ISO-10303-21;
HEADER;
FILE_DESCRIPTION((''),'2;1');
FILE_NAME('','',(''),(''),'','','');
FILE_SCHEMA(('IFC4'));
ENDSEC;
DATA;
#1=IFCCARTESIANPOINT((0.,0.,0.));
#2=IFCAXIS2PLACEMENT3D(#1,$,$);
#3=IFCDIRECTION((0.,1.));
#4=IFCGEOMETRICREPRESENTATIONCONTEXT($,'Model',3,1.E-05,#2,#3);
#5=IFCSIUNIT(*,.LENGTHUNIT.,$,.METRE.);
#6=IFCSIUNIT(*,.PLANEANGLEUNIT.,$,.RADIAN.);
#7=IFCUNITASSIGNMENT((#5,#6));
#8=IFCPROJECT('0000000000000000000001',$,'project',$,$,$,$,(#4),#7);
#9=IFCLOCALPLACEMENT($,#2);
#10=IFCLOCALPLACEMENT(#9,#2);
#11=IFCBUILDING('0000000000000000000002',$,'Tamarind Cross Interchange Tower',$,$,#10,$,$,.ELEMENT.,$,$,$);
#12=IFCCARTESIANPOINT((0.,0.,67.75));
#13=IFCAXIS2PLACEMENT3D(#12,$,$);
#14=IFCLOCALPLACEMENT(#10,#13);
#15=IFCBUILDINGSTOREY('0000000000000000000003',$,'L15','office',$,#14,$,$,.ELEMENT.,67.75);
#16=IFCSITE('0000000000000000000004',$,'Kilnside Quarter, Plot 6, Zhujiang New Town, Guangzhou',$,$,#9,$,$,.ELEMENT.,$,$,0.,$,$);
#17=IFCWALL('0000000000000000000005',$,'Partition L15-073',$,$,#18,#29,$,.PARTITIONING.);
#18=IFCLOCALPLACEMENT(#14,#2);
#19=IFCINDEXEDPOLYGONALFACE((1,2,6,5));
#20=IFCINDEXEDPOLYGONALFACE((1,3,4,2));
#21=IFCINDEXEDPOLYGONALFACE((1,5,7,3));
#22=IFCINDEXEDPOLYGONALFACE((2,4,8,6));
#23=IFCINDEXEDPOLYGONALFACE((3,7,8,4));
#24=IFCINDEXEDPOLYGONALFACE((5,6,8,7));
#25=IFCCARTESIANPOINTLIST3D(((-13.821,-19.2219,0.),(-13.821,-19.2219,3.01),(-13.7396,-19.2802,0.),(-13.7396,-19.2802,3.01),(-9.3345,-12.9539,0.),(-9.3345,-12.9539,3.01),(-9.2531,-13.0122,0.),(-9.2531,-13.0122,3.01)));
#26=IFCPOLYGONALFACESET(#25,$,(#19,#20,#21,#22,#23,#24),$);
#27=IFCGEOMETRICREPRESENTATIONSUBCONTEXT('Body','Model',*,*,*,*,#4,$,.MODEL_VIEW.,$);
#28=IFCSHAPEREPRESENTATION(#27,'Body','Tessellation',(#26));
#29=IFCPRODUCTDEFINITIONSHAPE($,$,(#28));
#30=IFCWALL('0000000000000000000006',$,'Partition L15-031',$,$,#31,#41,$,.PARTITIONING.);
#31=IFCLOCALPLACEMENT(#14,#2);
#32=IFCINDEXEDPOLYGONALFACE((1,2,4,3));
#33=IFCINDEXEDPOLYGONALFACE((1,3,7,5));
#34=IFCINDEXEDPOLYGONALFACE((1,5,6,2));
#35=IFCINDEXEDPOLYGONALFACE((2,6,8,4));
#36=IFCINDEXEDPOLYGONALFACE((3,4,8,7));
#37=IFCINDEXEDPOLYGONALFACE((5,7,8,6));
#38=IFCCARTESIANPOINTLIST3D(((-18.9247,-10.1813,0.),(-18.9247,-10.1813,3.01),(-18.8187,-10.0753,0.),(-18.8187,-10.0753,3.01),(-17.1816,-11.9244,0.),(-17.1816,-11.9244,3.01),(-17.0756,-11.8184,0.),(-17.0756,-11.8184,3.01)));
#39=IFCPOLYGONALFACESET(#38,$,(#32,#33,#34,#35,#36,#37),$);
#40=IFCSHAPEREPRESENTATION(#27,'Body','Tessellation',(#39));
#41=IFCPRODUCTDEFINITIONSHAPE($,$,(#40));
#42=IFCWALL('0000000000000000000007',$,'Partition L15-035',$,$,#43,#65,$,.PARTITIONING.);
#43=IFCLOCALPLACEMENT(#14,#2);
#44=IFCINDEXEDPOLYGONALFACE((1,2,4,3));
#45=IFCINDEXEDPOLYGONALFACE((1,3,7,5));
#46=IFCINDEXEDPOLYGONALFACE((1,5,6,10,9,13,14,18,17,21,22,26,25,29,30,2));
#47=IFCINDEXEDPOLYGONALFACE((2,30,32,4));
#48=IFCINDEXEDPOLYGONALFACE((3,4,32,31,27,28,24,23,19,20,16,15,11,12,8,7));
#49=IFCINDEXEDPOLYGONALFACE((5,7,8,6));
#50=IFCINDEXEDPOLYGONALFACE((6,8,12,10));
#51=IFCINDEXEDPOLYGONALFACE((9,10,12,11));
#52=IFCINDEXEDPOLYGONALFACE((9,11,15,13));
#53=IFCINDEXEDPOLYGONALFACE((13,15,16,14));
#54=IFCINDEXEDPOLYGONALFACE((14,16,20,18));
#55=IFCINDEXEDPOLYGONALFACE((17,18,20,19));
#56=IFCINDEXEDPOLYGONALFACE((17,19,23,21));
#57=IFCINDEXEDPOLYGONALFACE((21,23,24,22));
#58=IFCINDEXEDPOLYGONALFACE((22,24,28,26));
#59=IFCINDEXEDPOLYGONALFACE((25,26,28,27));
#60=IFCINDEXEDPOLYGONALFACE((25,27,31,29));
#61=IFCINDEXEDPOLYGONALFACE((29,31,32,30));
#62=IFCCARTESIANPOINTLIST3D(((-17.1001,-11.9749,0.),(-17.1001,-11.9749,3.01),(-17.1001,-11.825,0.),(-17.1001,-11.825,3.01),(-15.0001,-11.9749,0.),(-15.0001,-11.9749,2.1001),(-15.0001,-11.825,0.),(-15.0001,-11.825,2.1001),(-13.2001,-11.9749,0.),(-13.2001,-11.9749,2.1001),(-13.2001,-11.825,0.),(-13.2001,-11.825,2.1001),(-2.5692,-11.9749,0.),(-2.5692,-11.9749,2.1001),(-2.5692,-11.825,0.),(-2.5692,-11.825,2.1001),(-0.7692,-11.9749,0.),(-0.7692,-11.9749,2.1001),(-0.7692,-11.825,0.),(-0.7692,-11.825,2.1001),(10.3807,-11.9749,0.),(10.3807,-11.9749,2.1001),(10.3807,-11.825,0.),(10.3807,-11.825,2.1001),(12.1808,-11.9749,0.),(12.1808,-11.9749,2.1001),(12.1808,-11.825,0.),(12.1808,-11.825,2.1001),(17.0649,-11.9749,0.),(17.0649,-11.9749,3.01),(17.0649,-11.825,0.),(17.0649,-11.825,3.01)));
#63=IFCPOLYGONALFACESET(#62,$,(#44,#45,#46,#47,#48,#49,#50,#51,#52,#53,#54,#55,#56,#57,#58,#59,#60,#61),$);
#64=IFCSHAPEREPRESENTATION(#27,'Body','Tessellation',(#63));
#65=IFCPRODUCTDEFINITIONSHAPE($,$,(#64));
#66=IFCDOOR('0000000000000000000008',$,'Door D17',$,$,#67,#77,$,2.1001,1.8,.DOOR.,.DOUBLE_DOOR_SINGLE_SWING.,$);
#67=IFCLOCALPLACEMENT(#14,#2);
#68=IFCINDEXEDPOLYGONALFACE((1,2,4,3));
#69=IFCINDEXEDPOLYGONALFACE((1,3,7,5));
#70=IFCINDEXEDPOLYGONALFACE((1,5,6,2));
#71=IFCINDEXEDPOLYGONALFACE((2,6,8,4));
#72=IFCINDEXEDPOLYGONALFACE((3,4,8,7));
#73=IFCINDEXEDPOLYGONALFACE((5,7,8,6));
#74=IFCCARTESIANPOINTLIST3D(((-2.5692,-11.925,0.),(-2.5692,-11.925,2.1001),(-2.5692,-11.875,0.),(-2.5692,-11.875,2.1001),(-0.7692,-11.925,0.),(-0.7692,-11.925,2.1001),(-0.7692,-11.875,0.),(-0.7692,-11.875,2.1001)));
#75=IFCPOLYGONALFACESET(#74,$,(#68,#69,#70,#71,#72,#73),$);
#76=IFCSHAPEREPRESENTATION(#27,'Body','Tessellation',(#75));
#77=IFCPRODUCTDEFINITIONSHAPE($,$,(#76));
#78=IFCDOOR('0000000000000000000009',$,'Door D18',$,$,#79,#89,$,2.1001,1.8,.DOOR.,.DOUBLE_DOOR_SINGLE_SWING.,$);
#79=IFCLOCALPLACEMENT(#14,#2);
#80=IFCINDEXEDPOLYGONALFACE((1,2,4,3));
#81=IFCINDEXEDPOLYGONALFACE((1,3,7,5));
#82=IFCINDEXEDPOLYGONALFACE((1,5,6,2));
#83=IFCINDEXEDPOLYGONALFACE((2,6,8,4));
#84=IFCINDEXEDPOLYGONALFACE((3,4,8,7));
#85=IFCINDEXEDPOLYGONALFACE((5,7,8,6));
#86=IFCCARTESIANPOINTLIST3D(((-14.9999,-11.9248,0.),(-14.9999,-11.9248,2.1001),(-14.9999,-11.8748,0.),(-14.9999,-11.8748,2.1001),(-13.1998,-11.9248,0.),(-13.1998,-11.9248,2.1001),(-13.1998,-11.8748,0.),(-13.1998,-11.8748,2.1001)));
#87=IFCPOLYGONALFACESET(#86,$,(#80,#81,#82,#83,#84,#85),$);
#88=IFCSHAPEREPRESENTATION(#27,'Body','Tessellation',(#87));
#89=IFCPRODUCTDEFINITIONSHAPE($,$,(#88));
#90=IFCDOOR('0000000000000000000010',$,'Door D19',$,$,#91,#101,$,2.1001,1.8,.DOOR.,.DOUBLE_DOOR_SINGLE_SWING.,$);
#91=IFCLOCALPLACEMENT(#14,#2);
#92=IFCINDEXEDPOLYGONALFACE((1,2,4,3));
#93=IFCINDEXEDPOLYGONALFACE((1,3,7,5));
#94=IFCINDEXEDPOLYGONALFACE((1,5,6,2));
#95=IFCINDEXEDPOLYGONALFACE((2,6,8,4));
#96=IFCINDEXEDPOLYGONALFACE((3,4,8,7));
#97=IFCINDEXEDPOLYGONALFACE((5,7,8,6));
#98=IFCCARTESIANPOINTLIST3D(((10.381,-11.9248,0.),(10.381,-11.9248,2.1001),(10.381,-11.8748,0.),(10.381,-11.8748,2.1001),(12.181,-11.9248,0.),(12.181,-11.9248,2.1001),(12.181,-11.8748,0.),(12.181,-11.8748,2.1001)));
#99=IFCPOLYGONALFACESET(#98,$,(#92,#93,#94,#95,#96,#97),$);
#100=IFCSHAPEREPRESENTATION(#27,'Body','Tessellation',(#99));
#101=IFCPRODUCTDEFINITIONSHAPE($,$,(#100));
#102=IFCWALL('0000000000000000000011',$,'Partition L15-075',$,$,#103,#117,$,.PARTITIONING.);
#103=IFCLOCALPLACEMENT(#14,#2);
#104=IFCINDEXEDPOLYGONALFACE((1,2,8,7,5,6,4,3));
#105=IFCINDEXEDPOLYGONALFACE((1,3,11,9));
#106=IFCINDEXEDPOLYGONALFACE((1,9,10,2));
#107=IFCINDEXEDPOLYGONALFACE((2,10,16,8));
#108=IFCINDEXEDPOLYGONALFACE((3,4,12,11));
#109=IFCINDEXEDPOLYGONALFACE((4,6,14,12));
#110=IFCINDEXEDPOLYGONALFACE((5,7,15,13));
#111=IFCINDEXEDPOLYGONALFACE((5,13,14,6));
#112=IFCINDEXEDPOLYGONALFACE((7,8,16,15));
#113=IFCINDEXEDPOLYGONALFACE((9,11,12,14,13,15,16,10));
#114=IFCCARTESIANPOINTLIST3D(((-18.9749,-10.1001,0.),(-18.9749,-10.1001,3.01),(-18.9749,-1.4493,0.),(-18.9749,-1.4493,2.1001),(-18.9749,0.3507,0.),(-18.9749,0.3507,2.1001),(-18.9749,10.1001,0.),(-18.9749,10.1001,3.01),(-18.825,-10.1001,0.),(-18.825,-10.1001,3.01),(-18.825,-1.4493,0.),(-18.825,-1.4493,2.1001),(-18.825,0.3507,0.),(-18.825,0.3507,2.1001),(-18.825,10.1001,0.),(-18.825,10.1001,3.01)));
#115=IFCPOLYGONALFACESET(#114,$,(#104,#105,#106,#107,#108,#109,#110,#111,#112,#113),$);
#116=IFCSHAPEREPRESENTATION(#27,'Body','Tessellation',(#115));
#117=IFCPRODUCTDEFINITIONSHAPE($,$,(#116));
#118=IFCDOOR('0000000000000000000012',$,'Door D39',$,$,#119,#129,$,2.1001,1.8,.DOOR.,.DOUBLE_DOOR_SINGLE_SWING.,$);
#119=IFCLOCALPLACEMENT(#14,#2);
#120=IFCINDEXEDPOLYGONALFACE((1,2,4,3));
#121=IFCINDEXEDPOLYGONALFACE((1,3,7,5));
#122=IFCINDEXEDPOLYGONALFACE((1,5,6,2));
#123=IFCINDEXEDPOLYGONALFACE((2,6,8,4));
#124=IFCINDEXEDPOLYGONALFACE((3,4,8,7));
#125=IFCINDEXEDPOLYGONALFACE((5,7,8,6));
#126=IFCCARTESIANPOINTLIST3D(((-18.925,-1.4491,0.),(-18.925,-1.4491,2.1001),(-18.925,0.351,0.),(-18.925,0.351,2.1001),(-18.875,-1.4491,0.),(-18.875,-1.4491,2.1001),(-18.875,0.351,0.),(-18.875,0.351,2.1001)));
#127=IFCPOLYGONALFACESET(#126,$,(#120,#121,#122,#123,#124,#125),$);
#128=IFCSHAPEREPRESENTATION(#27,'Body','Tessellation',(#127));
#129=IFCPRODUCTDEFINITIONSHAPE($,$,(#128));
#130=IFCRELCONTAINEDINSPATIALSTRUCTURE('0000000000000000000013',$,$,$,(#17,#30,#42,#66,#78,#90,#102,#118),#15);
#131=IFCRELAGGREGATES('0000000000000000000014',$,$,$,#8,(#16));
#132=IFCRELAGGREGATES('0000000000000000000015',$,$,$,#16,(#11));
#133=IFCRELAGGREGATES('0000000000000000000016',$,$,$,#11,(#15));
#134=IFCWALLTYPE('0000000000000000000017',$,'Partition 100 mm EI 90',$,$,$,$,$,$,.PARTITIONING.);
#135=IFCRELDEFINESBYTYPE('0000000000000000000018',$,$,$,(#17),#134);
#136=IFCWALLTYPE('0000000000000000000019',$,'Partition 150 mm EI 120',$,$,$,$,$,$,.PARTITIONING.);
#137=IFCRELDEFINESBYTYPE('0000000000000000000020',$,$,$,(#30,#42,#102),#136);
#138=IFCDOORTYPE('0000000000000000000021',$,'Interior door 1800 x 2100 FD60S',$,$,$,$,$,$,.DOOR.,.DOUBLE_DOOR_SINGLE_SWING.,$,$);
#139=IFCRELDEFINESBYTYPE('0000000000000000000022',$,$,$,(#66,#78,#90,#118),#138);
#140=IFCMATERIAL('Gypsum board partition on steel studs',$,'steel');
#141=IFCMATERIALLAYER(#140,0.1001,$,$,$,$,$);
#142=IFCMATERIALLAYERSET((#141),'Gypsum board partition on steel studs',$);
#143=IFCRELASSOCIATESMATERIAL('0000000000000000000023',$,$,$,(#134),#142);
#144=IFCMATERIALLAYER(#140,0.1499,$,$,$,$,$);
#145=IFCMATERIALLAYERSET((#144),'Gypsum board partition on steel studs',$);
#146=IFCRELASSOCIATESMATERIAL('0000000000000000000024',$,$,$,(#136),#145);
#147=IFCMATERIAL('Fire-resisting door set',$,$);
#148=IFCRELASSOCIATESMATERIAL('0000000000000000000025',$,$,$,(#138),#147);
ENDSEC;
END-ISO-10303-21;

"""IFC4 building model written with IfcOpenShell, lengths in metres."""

from ifc_helpers import new_model, si_unit, direction, frame, frame_2d, origin, place, context, subcontext, project, spatial, rectangle, extrude, material, layer, layer_set, type_object, element, fill, save


model = new_model("IFC4")

# Units and contexts
model_context = context("Model", 3, precision=1e-05, world=origin(), true_north=direction((0.0, 1.0)))
body_context = subcontext(model_context, "Body", "Model", "MODEL_VIEW")
ifc_project = project(units=[si_unit("LENGTHUNIT", "METRE"), si_unit("PLANEANGLEUNIT", "RADIAN")], contexts=[model_context])

# Site, building, storey
site_placement = place(None, origin())
site = spatial("IfcSite", under=ifc_project, at=site_placement, Name="Kilnside Quarter, Plot 6, Zhujiang New Town, Guangzhou", CompositionType="ELEMENT", RefElevation=0.0)
building_placement = place(site_placement, origin())
building = spatial("IfcBuilding", under=site, at=building_placement, Name="Tamarind Cross Interchange Tower", CompositionType="ELEMENT")
storey_placement = place(building_placement, frame((0.0, 0.0, 67.75)))
storey = spatial("IfcBuildingStorey", under=building, at=storey_placement, Name="L15", Description="office", CompositionType="ELEMENT", Elevation=67.75)

# Walls
ifc_material_1 = material(Name="Gypsum board partition on steel studs", Category="steel")
ifc_layer_1 = layer(ifc_material_1, 0.1001)
ifc_layer_set_1 = layer_set([ifc_layer_1], Name="Gypsum board partition on steel studs")
wall_type_1 = type_object("IfcWallType", Name="Partition 100 mm EI 90", PredefinedType="PARTITIONING", material=ifc_layer_set_1)
wall_1_placement = place(storey_placement, frame((-13.7803, -19.251, 0.0), z_axis=(0.0, 0.0, 1.0), x_axis=(0.582044, 0.813157, 0.0)))
element("IfcWall", 1, at=wall_1_placement, inside=storey, type_object=wall_type_1, Name="Partition L15-073", PredefinedType="PARTITIONING", context=body_context, shape_type="SweptSolid", body=[
    extrude(rectangle(XDim=7.7083, YDim=0.1001, at=frame_2d((3.854, 0.0))), origin(), (0.0, 0.0, 1.0), 3.01),
])
ifc_layer_2 = layer(ifc_material_1, 0.1499)
ifc_layer_set_2 = layer_set([ifc_layer_2], Name="Gypsum board partition on steel studs")
wall_type_2 = type_object("IfcWallType", Name="Partition 150 mm EI 120", PredefinedType="PARTITIONING", material=ifc_layer_set_2)
wall_2_placement = place(storey_placement, frame((-18.8716, -10.1284, 0.0), z_axis=(0.0, 0.0, 1.0), x_axis=(0.707107, -0.707107, 0.0)))
element("IfcWall", 2, at=wall_2_placement, inside=storey, type_object=wall_type_2, Name="Partition L15-031", PredefinedType="PARTITIONING", context=body_context, shape_type="SweptSolid", body=[
    extrude(rectangle(XDim=2.4651, YDim=0.1499, at=frame_2d((1.2324, 0.0))), origin(), (0.0, 0.0, 1.0), 3.01),
])

# Wall, openings, doors
wall_3_placement = place(storey_placement, frame((-17.1001, -11.8999, 0.0), z_axis=(0.0, 0.0, 1.0), x_axis=(1.0, 0.0, 0.0)))
wall_3 = element("IfcWall", 3, at=wall_3_placement, inside=storey, type_object=wall_type_2, Name="Partition L15-035", PredefinedType="PARTITIONING", context=body_context, shape_type="SweptSolid", body=[
    extrude(rectangle(XDim=34.165, YDim=0.1499, at=frame_2d((17.0825, 0.0))), origin(), (0.0, 0.0, 1.0), 3.01),
])
opening_1_placement = place(wall_3_placement, frame((14.531, 0.0, 0.0)))
opening_1 = element("IfcOpeningElement", 4, at=opening_1_placement, cuts=wall_3, PredefinedType="OPENING", context=body_context, shape_type="SweptSolid", body=[
    extrude(rectangle(XDim=1.8, YDim=2.1001, at=frame_2d((0.8999, 1.05))), frame((0.0, 0.085, 0.0), z_axis=(0.0, -1.0, 0.0), x_axis=(1.0, 0.0, 0.0)), (0.0, 0.0, 1.0), 0.1699),
])
opening_2_placement = place(wall_3_placement, frame((2.1001, 0.0, 0.0)))
opening_2 = element("IfcOpeningElement", 5, at=opening_2_placement, cuts=wall_3, PredefinedType="OPENING", context=body_context, shape_type="SweptSolid", body=[
    extrude(rectangle(XDim=1.8, YDim=2.1001, at=frame_2d((0.8999, 1.05))), frame((0.0, 0.085, 0.0), z_axis=(0.0, -1.0, 0.0), x_axis=(1.0, 0.0, 0.0)), (0.0, 0.0, 1.0), 0.1699),
])
opening_3_placement = place(wall_3_placement, frame((27.481, 0.0, 0.0)))
opening_3 = element("IfcOpeningElement", 6, at=opening_3_placement, cuts=wall_3, PredefinedType="OPENING", context=body_context, shape_type="SweptSolid", body=[
    extrude(rectangle(XDim=1.8, YDim=2.1001, at=frame_2d((0.8999, 1.05))), frame((0.0, 0.085, 0.0), z_axis=(0.0, -1.0, 0.0), x_axis=(1.0, 0.0, 0.0)), (0.0, 0.0, 1.0), 0.1699),
])
ifc_material_2 = material(Name="Fire-resisting door set")
door_type = type_object("IfcDoorType", Name="Interior door 1800 x 2100 FD60S", OperationType="DOUBLE_DOOR_SINGLE_SWING", PredefinedType="DOOR", material=ifc_material_2)
door_1_placement = place(opening_1_placement, origin())
door_1 = element("IfcDoor", 7, at=door_1_placement, inside=storey, type_object=door_type, Name="Door D17", OperationType="DOUBLE_DOOR_SINGLE_SWING", OverallHeight=2.1001, OverallWidth=1.8, PredefinedType="DOOR", context=body_context, shape_type="SweptSolid", body=[
    extrude(rectangle(XDim=1.8, YDim=2.1001, at=frame_2d((0.8999, 1.05))), frame((0.0, 0.0249, 0.0), z_axis=(0.0, -1.0, 0.0), x_axis=(1.0, 0.0, 0.0)), (0.0, 0.0, 1.0), 0.05),
])
fill(opening_1, door_1)
door_2_placement = place(opening_2_placement, frame((1.8, 0.0, 0.0), z_axis=(0.0, 0.0, 1.0), x_axis=(-1.0, 0.0, 0.0)))
door_2 = element("IfcDoor", 8, at=door_2_placement, inside=storey, type_object=door_type, Name="Door D18", OperationType="DOUBLE_DOOR_SINGLE_SWING", OverallHeight=2.1001, OverallWidth=1.8, PredefinedType="DOOR", context=body_context, shape_type="SweptSolid", body=[
    extrude(rectangle(XDim=1.8, YDim=2.1001, at=frame_2d((0.8999, 1.05))), frame((0.0, 0.0249, 0.0), z_axis=(0.0, -1.0, 0.0), x_axis=(1.0, 0.0, 0.0)), (0.0, 0.0, 1.0), 0.05),
])
fill(opening_2, door_2)
door_3_placement = place(opening_3_placement, frame((1.8, 0.0, 0.0), z_axis=(0.0, 0.0, 1.0), x_axis=(-1.0, 0.0, 0.0)))
door_3 = element("IfcDoor", 9, at=door_3_placement, inside=storey, type_object=door_type, Name="Door D19", OperationType="DOUBLE_DOOR_SINGLE_SWING", OverallHeight=2.1001, OverallWidth=1.8, PredefinedType="DOOR", context=body_context, shape_type="SweptSolid", body=[
    extrude(rectangle(XDim=1.8, YDim=2.1001, at=frame_2d((0.8999, 1.05))), frame((0.0, 0.0249, 0.0), z_axis=(0.0, -1.0, 0.0), x_axis=(1.0, 0.0, 0.0)), (0.0, 0.0, 1.0), 0.05),
])
fill(opening_3, door_3)

# Wall, opening, door
wall_4_placement = place(storey_placement, frame((-18.8999, -10.1001, 0.0), z_axis=(0.0, 0.0, 1.0), x_axis=(0.0, 1.0, 0.0)))
wall_4 = element("IfcWall", 10, at=wall_4_placement, inside=storey, type_object=wall_type_2, Name="Partition L15-075", PredefinedType="PARTITIONING", context=body_context, shape_type="SweptSolid", body=[
    extrude(rectangle(XDim=20.2002, YDim=0.1499, at=frame_2d((10.1001, 0.0))), origin(), (0.0, 0.0, 1.0), 3.01),
])
opening_4_placement = place(wall_4_placement, frame((8.6509, 0.0, 0.0)))
opening_4 = element("IfcOpeningElement", 11, at=opening_4_placement, cuts=wall_4, PredefinedType="OPENING", context=body_context, shape_type="SweptSolid", body=[
    extrude(rectangle(XDim=1.8, YDim=2.1001, at=frame_2d((0.8999, 1.05))), frame((0.0, 0.085, 0.0), z_axis=(0.0, -1.0, 0.0), x_axis=(1.0, 0.0, 0.0)), (0.0, 0.0, 1.0), 0.1699),
])
door_4_placement = place(opening_4_placement, frame((1.8, 0.0, 0.0), z_axis=(0.0, 0.0, 1.0), x_axis=(-1.0, 0.0, 0.0)))
door_4 = element("IfcDoor", 12, at=door_4_placement, inside=storey, type_object=door_type, Name="Door D39", OperationType="DOUBLE_DOOR_SINGLE_SWING", OverallHeight=2.1001, OverallWidth=1.8, PredefinedType="DOOR", context=body_context, shape_type="SweptSolid", body=[
    extrude(rectangle(XDim=1.8, YDim=2.1001, at=frame_2d((0.8999, 1.05))), frame((0.0, 0.0249, 0.0), z_axis=(0.0, -1.0, 0.0), x_axis=(1.0, 0.0, 0.0)), (0.0, 0.0, 1.0), 0.05),
])
fill(opening_4, door_4)

save(model, "model.ifc")
